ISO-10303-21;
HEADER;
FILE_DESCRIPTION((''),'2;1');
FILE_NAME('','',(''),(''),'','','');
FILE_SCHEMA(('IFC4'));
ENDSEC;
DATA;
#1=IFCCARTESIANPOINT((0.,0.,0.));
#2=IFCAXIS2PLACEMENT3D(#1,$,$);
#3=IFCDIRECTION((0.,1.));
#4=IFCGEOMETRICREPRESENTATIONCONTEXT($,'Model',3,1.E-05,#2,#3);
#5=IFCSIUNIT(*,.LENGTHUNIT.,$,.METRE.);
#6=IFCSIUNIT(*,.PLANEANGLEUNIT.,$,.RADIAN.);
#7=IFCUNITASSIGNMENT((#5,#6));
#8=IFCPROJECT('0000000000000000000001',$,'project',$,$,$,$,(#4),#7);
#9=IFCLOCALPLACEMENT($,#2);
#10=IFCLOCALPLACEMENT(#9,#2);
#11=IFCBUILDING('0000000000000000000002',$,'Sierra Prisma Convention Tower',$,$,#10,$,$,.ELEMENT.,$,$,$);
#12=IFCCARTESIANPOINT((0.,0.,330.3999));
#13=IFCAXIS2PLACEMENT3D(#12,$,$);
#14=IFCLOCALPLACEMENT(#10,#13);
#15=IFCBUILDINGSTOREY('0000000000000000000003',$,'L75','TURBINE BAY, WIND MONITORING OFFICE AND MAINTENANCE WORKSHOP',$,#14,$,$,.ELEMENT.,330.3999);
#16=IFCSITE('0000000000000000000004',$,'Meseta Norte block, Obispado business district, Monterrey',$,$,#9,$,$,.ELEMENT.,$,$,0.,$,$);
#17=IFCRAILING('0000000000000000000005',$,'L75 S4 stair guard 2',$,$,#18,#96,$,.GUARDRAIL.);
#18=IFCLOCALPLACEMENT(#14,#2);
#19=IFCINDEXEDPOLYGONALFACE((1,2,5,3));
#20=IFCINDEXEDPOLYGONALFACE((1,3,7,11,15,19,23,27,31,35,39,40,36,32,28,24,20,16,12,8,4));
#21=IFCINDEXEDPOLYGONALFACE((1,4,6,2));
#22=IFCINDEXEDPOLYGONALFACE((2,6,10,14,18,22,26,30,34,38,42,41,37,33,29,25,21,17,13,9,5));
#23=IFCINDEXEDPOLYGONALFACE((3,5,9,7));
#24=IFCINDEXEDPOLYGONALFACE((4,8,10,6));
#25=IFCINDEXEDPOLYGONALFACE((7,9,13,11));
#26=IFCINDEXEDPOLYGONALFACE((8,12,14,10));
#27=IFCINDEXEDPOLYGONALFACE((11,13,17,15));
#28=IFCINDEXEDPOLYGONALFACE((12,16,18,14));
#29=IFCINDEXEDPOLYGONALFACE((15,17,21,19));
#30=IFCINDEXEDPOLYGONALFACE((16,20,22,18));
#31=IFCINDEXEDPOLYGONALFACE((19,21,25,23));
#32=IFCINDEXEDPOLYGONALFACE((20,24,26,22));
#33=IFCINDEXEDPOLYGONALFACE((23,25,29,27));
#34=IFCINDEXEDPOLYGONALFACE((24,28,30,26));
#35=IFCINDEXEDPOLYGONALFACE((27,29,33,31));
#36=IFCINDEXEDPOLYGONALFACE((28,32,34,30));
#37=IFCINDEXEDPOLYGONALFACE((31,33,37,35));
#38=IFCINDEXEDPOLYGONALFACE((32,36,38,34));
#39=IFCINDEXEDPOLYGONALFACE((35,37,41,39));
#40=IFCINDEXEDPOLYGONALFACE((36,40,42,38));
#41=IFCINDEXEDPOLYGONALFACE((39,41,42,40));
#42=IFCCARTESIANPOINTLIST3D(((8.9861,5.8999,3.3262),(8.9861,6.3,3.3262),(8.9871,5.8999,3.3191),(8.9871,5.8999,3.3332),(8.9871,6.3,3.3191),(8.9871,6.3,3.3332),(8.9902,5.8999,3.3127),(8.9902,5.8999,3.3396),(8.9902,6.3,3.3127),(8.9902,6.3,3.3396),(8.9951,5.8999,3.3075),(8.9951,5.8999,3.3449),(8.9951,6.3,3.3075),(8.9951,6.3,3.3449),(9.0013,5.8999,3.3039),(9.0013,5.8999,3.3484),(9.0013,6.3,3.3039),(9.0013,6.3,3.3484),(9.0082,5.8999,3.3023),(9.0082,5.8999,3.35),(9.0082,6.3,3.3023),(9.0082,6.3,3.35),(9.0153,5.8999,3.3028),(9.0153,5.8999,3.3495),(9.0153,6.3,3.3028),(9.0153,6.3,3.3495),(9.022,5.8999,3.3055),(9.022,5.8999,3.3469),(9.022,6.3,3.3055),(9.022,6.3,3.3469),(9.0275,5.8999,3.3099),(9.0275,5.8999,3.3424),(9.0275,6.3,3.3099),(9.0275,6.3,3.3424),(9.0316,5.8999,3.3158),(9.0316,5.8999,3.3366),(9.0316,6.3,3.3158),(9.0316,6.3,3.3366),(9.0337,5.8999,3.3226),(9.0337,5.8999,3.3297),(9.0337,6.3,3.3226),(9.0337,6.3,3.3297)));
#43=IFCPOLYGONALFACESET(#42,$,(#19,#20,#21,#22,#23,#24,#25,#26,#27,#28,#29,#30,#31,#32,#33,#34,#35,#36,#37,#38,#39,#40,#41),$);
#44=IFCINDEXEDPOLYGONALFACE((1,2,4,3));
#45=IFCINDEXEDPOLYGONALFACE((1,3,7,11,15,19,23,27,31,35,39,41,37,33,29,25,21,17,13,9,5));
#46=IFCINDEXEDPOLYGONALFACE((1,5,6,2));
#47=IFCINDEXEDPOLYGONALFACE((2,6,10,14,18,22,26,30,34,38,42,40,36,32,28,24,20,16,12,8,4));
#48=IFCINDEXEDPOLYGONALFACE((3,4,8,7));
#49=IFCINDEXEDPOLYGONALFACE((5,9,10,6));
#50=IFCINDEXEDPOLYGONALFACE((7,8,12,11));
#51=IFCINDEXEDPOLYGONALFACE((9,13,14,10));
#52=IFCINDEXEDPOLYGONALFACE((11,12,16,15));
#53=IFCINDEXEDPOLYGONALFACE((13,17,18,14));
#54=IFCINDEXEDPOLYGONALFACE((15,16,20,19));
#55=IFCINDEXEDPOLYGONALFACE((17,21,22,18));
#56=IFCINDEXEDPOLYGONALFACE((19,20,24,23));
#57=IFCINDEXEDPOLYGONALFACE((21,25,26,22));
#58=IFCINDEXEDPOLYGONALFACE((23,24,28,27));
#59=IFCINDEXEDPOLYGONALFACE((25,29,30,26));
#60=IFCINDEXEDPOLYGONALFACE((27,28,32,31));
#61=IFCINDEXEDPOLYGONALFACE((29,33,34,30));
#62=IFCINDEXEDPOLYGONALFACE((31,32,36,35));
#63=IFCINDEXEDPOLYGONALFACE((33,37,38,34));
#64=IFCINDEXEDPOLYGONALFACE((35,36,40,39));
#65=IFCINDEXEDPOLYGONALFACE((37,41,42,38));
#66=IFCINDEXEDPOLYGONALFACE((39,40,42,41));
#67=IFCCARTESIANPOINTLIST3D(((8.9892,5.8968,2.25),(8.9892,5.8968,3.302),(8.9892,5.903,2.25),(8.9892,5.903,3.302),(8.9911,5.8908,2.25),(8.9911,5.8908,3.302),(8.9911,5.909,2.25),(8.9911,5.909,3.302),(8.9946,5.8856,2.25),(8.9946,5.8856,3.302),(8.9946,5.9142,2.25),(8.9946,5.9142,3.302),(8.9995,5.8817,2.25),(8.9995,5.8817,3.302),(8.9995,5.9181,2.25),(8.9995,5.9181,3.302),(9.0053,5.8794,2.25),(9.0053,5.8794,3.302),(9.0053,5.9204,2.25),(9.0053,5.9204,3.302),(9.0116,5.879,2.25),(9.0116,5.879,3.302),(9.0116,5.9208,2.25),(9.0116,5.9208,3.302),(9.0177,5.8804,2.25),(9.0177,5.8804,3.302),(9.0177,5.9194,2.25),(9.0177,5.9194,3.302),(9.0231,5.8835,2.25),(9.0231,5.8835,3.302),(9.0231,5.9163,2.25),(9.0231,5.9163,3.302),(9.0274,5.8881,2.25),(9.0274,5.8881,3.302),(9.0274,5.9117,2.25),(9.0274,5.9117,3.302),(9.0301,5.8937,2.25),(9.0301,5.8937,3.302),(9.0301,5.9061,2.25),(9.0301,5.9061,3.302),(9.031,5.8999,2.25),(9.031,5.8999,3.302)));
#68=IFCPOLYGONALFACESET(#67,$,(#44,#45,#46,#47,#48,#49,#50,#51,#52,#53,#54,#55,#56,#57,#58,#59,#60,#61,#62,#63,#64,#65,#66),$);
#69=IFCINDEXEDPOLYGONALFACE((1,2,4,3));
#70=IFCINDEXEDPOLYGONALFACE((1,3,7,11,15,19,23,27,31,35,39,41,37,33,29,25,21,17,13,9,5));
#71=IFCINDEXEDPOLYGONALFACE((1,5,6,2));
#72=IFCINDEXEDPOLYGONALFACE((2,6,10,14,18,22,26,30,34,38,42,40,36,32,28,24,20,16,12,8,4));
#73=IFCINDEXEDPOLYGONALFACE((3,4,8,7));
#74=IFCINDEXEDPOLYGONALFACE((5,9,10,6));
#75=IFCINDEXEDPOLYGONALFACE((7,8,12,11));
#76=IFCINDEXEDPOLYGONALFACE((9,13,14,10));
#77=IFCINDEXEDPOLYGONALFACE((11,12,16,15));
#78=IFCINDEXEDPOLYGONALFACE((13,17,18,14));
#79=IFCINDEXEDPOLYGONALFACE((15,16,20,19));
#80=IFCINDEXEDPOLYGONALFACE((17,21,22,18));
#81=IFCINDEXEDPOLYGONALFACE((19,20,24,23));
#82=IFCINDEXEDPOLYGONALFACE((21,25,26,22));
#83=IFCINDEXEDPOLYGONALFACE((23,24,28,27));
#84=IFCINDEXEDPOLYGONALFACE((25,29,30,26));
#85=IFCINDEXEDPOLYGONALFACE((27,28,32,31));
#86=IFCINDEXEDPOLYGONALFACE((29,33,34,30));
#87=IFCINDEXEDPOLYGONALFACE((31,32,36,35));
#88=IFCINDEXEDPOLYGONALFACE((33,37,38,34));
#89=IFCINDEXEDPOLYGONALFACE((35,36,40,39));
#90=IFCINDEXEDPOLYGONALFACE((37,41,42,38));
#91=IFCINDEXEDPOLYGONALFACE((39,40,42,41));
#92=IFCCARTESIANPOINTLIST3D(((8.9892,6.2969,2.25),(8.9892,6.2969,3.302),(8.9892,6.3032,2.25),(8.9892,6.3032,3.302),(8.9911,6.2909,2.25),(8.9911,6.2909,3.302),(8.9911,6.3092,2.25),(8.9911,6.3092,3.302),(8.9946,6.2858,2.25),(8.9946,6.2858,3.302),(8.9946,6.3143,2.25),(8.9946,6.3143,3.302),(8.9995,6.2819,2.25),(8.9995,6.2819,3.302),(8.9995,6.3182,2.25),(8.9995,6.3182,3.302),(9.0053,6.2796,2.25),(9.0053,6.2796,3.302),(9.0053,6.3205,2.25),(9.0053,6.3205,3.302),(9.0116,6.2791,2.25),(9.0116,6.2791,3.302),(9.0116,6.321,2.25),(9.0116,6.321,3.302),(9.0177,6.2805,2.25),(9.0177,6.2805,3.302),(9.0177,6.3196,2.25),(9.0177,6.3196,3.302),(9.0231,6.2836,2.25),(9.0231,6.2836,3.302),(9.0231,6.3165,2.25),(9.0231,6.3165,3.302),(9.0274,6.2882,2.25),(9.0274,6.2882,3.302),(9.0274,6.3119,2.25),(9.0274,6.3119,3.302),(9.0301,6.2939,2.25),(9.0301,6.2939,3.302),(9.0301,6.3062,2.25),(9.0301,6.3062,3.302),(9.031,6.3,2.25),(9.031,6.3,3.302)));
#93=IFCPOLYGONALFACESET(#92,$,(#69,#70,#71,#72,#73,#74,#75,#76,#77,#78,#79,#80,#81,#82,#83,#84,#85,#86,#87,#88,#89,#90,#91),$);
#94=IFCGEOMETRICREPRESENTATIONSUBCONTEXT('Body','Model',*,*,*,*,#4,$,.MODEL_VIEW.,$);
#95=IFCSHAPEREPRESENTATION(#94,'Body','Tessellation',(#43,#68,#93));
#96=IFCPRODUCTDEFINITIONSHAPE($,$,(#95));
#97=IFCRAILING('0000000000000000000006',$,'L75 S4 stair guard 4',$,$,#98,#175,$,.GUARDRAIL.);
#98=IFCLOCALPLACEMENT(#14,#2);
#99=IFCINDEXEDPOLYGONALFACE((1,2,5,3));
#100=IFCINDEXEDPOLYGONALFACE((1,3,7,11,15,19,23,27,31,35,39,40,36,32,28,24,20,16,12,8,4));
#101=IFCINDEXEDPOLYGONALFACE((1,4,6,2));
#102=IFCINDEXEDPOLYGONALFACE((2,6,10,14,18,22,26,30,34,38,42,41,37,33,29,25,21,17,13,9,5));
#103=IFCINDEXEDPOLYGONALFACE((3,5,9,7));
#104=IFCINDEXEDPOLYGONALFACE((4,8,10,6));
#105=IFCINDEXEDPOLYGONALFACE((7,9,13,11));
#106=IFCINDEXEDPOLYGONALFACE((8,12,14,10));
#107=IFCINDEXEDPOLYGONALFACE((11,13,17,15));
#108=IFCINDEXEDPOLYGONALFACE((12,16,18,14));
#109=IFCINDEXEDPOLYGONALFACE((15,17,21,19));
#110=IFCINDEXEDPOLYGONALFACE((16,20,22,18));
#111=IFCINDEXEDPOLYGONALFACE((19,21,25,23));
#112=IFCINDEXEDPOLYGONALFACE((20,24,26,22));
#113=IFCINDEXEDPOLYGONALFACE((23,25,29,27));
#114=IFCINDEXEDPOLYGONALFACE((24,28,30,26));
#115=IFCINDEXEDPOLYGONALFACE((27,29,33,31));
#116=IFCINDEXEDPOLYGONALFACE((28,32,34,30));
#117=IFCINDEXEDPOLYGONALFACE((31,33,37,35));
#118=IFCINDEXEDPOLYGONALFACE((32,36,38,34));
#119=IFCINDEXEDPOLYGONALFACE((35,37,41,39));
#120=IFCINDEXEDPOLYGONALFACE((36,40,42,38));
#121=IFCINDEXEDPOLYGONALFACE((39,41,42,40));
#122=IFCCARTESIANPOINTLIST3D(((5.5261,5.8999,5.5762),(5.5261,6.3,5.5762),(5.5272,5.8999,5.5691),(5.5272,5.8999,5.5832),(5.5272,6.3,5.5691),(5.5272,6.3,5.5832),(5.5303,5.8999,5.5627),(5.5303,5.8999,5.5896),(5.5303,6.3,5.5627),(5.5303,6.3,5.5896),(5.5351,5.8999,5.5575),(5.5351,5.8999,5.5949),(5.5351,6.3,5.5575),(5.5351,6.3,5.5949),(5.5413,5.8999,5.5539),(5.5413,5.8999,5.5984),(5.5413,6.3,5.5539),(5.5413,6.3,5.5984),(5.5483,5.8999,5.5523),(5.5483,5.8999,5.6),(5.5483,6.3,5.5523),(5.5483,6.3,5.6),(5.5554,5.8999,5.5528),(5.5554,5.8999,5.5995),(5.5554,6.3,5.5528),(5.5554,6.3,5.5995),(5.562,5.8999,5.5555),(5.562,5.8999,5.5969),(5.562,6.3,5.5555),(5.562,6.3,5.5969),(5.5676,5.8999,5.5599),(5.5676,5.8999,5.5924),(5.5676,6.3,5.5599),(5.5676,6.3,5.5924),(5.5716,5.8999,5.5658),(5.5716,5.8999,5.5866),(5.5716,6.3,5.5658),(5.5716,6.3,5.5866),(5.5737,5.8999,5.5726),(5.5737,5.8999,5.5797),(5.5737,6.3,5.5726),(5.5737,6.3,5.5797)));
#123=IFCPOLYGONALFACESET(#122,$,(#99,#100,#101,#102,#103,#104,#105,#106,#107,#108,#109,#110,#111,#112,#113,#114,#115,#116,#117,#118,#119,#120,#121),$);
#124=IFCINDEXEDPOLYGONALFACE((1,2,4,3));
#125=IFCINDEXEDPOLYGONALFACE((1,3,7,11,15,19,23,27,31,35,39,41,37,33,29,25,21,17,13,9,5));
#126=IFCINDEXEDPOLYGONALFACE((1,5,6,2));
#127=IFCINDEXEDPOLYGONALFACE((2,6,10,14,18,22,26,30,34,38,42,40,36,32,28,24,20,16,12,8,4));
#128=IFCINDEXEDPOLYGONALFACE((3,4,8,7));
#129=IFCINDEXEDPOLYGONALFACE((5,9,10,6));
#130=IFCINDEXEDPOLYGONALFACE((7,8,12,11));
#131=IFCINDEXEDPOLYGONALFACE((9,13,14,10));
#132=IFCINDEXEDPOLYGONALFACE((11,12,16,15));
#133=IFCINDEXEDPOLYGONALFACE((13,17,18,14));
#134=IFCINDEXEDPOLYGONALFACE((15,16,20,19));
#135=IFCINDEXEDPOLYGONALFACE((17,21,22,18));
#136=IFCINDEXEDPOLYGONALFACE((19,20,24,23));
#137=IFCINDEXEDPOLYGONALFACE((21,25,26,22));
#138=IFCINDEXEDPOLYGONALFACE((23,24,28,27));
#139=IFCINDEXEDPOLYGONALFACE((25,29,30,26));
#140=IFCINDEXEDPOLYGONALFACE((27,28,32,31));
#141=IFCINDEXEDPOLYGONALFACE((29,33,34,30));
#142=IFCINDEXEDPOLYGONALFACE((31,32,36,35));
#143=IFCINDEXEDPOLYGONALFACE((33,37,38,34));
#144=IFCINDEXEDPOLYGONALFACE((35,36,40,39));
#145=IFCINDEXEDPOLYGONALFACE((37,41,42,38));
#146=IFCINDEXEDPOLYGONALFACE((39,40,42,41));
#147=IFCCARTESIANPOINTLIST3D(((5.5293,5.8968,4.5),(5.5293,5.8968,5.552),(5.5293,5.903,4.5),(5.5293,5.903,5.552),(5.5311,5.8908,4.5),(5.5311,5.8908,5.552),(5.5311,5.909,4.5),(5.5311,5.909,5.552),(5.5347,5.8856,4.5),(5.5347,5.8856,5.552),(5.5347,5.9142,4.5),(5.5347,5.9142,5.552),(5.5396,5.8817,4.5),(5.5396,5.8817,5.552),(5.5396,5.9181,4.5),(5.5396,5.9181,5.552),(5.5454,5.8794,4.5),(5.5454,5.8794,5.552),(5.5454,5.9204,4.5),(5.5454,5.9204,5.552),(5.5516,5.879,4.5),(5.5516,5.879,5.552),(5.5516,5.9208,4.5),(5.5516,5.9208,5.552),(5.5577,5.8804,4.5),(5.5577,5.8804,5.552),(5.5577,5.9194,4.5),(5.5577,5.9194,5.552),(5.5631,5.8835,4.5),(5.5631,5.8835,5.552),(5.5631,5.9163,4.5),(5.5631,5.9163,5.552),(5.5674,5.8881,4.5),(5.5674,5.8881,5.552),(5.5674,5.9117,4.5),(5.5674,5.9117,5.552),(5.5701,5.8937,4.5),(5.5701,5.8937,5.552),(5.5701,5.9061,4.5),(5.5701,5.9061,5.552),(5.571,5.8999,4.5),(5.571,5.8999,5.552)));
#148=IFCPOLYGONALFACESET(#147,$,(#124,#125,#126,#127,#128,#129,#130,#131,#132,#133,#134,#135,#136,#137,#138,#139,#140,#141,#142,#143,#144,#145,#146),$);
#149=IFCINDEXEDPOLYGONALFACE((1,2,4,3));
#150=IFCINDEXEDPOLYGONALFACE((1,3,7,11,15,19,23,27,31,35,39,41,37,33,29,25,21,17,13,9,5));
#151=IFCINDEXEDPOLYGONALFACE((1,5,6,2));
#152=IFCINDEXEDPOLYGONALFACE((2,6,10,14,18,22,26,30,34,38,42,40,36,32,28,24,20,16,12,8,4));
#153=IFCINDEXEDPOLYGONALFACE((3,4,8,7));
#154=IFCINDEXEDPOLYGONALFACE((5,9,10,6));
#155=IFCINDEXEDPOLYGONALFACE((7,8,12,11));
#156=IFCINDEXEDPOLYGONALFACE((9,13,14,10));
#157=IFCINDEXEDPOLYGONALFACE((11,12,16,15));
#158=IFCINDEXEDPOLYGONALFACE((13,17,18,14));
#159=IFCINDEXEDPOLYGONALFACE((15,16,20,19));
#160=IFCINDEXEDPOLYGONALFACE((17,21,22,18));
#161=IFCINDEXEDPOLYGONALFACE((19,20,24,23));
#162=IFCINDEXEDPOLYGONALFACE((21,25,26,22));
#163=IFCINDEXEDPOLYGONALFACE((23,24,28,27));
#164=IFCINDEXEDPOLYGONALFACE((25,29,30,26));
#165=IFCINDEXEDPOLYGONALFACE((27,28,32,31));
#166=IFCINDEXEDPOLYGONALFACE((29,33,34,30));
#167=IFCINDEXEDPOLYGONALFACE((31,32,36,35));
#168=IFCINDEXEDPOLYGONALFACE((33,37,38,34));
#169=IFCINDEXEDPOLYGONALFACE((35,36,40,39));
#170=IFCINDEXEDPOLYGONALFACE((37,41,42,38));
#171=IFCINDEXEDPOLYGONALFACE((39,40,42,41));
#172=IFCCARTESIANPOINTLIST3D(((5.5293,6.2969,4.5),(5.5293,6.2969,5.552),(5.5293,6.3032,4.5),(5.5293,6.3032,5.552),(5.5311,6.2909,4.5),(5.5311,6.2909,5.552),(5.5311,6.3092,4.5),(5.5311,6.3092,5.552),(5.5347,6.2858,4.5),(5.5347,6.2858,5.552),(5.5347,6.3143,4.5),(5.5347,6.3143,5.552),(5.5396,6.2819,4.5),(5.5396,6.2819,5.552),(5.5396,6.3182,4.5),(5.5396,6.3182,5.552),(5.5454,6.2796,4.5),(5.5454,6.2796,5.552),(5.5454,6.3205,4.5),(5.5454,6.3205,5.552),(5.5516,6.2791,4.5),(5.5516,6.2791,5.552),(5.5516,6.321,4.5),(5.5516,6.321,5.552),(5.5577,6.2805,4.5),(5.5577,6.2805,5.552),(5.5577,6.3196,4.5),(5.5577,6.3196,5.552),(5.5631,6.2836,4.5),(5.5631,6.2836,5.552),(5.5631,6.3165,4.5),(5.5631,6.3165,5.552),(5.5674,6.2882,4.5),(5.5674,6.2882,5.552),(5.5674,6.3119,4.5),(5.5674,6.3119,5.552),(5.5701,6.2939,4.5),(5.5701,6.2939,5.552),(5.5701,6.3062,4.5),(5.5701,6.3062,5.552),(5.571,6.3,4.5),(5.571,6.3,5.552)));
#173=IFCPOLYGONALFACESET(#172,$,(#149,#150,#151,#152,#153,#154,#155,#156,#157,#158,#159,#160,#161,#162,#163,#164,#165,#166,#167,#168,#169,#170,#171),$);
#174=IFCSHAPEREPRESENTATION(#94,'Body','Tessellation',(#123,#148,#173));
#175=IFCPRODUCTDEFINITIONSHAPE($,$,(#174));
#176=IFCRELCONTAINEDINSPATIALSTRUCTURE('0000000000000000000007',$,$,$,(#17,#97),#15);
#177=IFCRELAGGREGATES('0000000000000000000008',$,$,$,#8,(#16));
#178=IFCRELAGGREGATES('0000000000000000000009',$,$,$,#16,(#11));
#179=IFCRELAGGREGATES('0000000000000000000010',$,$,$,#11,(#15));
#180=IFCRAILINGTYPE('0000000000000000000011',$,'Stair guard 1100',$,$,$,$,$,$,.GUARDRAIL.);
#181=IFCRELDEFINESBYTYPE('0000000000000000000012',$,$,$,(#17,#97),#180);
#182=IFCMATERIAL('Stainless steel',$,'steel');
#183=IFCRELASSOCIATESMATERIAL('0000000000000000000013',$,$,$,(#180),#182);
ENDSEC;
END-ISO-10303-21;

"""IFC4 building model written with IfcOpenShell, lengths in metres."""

from ifc_helpers import new_model, si_unit, direction, frame, origin, origin_2d, place, context, subcontext, project, spatial, circle, extrude, material, type_object, element, save


model = new_model("IFC4")

# Units and contexts
model_context = context("Model", 3, precision=1e-05, world=origin(), true_north=direction((0.0, 1.0)))
body_context = subcontext(model_context, "Body", "Model", "MODEL_VIEW")
ifc_project = project(units=[si_unit("LENGTHUNIT", "METRE"), si_unit("PLANEANGLEUNIT", "RADIAN")], contexts=[model_context])

# Site, building, storey
site_placement = place(None, origin())
site = spatial("IfcSite", under=ifc_project, at=site_placement, Name="Meseta Norte block, Obispado business district, Monterrey", CompositionType="ELEMENT", RefElevation=0.0)
building_placement = place(site_placement, origin())
building = spatial("IfcBuilding", under=site, at=building_placement, Name="Sierra Prisma Convention Tower", CompositionType="ELEMENT")
storey_placement = place(building_placement, frame((0.0, 0.0, 330.3999)))
storey = spatial("IfcBuildingStorey", under=building, at=storey_placement, Name="L75", Description="TURBINE BAY, WIND MONITORING OFFICE AND MAINTENANCE WORKSHOP", CompositionType="ELEMENT", Elevation=330.3999)

# Railings
ifc_material_1 = material(Name="Stainless steel", Category="steel")
railing_type_1 = type_object("IfcRailingType", Name="Stair guard 1100", PredefinedType="GUARDRAIL", material=ifc_material_1)
for number, where, name in (
    (1, (9.01, 5.8999, 2.25), "L75 S4 stair guard 2"),
    (2, (5.55, 5.8999, 4.5), "L75 S4 stair guard 4"),
):
    element("IfcRailing", number, at=place(storey_placement, frame(where)), inside=storey, type_object=railing_type_1, Name=name, PredefinedType="GUARDRAIL", context=body_context, shape_type="SweptSolid", body=[
        extrude(circle(Radius=0.0239, at=origin_2d()), frame((0.0, 0.0, 1.0762), z_axis=(0.0, 1.0, 0.0), x_axis=(-1.0, 0.0, 0.0)), (0.0, 0.0, 1.0), 0.4001),
        extrude(circle(Radius=0.021, at=origin_2d()), origin(), (0.0, 0.0, 1.0), 1.052),
        extrude(circle(Radius=0.021, at=origin_2d()), frame((0.0, 0.4001, 0.0)), (0.0, 0.0, 1.0), 1.052),
    ])

save(model, "model.ifc")
